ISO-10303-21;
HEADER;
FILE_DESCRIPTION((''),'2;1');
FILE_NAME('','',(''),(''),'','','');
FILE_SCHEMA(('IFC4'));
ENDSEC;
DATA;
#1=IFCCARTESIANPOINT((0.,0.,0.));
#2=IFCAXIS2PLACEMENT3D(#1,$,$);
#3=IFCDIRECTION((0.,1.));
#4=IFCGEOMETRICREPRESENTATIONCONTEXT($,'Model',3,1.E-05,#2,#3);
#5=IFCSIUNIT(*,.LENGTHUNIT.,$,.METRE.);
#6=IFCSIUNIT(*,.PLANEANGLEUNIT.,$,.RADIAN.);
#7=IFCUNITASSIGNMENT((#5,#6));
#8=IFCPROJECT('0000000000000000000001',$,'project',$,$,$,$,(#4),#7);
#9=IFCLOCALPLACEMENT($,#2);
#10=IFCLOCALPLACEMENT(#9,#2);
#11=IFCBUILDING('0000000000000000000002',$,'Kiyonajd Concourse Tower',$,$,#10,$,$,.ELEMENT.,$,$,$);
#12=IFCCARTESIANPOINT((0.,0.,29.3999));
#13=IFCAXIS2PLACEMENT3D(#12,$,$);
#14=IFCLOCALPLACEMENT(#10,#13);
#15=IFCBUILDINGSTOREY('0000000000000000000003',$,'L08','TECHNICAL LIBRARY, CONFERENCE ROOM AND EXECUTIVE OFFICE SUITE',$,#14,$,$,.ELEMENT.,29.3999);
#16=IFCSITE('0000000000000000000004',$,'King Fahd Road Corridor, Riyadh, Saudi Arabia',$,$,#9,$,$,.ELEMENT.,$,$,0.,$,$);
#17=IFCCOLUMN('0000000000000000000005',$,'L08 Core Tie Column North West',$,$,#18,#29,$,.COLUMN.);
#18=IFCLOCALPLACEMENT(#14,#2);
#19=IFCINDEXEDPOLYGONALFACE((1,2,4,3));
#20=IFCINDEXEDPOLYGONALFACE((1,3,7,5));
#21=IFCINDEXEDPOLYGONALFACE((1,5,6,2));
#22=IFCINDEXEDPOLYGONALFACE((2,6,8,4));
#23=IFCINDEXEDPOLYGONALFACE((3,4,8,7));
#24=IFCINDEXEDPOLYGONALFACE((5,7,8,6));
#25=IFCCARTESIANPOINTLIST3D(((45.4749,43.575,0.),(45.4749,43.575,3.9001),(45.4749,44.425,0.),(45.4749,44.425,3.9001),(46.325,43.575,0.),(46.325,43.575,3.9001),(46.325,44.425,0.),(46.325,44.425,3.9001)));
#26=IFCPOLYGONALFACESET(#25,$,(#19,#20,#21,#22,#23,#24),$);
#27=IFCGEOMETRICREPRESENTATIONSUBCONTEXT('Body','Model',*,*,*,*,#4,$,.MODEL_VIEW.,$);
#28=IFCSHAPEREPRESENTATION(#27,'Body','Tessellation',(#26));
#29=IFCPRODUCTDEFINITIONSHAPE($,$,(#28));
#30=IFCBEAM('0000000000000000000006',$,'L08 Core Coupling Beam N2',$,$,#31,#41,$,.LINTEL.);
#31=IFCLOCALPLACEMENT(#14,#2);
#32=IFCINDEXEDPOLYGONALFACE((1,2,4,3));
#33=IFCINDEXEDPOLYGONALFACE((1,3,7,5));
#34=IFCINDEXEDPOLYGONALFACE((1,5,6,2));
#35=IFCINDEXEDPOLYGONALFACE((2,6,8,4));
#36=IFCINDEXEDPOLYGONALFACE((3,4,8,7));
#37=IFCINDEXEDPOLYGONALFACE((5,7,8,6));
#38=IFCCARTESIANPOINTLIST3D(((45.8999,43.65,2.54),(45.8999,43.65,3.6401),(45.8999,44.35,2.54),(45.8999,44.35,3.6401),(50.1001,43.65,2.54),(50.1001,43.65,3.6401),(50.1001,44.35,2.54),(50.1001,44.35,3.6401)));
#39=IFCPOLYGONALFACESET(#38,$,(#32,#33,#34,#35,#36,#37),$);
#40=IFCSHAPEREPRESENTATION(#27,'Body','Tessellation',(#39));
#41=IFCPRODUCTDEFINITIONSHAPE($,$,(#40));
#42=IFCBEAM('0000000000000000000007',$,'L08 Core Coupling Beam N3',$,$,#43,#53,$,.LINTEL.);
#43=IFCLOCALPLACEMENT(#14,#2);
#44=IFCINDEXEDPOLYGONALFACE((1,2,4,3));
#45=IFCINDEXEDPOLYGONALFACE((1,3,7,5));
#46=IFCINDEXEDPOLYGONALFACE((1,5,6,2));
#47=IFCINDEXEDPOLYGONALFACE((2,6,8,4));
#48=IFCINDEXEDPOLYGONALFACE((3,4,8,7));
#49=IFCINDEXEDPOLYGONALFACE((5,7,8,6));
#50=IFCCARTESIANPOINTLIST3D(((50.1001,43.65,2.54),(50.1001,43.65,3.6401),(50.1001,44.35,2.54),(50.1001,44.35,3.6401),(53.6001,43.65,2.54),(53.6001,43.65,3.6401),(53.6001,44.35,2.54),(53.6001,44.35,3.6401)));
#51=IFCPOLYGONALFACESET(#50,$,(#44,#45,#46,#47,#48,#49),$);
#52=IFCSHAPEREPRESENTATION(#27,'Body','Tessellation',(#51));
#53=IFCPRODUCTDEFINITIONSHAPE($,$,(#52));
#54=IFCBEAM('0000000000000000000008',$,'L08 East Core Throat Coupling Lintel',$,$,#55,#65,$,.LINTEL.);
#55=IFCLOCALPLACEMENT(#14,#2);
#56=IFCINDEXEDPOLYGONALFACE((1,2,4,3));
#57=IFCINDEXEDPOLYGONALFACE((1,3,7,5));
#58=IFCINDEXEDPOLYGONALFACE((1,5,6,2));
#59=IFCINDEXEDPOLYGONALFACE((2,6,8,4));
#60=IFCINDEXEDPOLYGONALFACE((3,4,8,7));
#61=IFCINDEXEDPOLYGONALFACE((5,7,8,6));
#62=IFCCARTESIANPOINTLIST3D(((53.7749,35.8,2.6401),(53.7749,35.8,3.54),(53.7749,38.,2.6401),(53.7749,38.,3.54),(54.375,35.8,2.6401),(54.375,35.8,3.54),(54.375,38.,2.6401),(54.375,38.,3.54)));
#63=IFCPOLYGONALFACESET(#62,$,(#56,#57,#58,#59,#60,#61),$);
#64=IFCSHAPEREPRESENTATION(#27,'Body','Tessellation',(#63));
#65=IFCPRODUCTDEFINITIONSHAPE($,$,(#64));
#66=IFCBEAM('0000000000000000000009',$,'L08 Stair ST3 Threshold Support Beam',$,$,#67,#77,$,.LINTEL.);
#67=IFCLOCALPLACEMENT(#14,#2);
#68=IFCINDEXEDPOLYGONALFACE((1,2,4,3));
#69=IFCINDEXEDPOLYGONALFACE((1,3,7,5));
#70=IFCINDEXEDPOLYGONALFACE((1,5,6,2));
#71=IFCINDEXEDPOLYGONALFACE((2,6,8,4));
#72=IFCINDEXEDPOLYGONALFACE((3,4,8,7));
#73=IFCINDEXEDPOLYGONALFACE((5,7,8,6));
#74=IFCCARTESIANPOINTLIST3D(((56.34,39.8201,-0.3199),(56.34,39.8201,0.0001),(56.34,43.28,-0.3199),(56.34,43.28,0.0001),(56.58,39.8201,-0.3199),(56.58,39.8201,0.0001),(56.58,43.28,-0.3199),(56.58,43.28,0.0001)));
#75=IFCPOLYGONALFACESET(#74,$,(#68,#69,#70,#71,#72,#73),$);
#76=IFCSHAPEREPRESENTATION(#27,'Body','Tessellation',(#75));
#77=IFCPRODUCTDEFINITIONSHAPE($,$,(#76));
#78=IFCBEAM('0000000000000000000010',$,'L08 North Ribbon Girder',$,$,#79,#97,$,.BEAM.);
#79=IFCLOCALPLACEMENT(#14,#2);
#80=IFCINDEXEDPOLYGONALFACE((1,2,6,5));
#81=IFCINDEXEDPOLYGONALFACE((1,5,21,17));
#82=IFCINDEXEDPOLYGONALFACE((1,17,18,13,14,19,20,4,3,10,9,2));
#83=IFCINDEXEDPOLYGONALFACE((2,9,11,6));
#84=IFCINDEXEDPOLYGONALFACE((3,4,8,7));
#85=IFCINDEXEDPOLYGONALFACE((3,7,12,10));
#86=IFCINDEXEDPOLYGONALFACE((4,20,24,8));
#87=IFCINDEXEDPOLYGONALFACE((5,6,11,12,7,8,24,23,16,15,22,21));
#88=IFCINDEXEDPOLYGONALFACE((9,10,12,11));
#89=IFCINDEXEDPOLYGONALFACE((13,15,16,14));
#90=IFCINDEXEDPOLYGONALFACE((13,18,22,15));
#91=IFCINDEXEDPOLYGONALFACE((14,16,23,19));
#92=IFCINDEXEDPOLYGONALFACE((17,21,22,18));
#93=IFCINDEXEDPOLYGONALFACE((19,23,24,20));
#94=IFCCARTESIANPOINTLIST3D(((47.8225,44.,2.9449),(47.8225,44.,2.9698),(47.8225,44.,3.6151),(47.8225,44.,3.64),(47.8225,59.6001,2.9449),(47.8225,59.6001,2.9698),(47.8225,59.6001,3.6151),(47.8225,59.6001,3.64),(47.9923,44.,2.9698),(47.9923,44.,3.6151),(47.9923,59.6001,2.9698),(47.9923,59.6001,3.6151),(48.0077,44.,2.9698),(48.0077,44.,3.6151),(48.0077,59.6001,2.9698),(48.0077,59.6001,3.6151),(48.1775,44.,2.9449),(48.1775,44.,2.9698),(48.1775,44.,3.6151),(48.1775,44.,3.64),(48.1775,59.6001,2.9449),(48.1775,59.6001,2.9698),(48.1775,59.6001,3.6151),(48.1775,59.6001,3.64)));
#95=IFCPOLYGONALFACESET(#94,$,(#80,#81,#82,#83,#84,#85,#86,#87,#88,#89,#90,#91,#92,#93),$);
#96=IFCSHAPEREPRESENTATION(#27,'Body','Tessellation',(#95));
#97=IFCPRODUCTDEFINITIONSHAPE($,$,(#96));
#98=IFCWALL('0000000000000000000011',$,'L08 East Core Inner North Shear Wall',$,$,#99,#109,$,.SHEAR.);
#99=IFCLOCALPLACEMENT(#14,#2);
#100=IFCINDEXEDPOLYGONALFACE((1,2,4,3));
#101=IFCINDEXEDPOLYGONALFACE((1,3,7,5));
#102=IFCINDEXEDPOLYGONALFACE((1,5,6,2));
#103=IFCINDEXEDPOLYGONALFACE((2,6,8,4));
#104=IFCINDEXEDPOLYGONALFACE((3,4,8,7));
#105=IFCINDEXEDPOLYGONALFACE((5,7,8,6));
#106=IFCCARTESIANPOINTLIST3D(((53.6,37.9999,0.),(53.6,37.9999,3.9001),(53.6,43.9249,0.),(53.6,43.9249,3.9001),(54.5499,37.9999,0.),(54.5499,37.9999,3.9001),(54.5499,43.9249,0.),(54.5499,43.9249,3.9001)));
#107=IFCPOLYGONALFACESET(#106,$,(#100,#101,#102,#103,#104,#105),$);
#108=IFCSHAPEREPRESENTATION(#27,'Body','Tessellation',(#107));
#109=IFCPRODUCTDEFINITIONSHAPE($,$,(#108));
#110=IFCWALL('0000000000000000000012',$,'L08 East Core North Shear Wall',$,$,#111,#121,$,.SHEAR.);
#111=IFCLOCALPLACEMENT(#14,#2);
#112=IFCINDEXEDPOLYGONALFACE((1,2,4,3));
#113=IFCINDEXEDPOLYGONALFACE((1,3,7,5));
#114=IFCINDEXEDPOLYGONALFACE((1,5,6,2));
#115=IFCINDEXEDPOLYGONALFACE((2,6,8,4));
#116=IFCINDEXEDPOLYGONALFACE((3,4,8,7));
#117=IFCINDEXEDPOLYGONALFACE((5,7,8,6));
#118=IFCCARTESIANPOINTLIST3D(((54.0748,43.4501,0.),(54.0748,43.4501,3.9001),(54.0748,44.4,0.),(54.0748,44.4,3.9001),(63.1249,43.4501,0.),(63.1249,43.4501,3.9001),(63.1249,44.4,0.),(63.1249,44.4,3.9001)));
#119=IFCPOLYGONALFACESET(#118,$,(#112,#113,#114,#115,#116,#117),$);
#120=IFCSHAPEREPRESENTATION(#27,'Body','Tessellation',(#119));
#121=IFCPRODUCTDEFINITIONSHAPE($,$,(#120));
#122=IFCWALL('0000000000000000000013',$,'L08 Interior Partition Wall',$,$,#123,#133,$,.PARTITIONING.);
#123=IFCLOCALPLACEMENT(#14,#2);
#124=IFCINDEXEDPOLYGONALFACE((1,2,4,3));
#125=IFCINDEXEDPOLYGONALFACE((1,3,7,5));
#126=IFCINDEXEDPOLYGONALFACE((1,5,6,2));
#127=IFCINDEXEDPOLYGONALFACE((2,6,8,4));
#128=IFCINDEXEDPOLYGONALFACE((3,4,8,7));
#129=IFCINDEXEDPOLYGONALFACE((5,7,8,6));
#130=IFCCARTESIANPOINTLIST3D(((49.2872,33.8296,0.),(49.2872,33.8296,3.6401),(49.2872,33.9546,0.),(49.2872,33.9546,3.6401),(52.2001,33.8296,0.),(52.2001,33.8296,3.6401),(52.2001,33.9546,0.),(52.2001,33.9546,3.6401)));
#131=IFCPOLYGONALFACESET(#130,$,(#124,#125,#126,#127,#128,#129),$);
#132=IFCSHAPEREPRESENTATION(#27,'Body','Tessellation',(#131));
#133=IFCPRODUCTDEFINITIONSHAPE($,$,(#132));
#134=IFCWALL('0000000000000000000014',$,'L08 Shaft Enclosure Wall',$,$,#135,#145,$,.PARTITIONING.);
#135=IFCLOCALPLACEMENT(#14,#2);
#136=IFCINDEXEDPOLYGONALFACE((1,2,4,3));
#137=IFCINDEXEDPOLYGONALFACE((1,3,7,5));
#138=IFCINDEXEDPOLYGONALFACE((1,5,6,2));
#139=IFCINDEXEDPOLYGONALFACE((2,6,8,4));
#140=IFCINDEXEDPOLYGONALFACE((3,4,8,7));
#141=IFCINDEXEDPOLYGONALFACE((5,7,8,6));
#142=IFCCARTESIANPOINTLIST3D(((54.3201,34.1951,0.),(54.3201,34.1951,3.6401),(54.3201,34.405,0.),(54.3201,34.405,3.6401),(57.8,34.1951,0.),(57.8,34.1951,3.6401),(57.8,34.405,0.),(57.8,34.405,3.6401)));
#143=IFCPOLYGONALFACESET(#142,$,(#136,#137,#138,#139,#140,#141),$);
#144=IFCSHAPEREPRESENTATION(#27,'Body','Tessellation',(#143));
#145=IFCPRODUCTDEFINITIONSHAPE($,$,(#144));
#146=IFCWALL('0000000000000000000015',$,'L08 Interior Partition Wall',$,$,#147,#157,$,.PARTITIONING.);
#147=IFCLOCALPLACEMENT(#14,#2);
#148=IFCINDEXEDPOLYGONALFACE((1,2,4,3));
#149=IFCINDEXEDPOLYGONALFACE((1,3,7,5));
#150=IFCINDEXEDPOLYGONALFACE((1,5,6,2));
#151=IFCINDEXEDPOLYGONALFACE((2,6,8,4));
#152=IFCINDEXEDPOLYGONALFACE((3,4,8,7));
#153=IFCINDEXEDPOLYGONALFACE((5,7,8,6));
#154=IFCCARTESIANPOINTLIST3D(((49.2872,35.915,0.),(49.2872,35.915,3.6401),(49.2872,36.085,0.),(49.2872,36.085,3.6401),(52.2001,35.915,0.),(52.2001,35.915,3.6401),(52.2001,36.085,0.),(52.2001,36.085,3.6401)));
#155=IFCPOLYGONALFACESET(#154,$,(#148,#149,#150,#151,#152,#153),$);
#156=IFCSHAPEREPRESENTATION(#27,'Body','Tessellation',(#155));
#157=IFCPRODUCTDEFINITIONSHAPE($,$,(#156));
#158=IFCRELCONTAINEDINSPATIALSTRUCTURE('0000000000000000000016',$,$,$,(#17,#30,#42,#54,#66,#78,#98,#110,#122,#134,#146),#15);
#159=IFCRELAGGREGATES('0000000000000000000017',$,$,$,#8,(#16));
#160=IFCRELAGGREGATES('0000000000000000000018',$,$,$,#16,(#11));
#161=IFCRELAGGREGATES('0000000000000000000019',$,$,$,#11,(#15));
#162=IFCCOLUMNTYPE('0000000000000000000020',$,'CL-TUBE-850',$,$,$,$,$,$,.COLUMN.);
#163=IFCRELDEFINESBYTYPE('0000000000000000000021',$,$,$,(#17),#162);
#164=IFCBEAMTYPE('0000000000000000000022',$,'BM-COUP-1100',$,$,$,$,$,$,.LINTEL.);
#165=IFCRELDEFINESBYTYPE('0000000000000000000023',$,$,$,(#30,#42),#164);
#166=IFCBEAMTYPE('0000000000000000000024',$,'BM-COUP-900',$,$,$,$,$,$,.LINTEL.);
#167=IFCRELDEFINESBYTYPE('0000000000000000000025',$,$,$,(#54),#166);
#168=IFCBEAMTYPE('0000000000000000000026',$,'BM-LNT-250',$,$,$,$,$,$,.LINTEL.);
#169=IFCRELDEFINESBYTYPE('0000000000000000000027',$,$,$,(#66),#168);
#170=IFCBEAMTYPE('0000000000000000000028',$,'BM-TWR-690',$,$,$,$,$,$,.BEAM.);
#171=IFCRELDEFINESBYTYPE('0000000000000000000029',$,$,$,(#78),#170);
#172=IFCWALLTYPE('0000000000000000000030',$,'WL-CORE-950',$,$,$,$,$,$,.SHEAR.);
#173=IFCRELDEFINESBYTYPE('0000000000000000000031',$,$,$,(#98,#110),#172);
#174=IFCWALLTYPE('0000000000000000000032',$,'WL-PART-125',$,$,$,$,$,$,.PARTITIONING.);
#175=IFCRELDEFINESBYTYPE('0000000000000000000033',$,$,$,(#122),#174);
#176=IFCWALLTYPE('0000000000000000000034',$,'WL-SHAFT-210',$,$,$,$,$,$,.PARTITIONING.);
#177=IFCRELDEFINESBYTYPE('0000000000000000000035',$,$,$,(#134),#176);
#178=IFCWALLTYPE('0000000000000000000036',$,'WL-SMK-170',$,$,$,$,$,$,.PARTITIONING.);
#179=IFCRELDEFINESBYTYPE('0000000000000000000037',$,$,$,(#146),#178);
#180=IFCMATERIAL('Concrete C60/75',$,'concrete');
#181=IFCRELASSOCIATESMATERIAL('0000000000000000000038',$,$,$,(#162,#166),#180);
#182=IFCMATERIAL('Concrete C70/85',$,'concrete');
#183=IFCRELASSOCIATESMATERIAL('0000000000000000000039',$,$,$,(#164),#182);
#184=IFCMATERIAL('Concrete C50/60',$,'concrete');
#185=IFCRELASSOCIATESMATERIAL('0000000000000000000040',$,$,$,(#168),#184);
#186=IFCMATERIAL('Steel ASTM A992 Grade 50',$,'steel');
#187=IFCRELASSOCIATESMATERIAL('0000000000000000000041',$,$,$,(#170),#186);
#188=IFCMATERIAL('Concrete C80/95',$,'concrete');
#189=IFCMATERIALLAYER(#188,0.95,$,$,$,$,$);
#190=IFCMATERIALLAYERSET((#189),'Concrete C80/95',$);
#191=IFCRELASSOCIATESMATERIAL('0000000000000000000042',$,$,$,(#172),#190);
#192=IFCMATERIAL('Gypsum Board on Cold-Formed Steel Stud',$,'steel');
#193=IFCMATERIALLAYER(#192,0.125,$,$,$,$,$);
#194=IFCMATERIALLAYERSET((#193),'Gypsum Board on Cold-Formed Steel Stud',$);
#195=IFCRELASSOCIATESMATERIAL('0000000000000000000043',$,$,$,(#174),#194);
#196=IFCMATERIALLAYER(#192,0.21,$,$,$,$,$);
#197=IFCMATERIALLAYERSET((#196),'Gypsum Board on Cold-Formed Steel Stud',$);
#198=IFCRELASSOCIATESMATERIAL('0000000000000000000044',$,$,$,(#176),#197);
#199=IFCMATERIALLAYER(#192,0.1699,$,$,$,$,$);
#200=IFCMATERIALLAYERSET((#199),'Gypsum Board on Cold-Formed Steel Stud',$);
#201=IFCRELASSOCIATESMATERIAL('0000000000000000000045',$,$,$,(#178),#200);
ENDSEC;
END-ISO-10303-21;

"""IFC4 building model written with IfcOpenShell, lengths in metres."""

from ifc_helpers import new_model, si_unit, direction, frame, frame_2d, origin, origin_2d, place, context, subcontext, project, spatial, rectangle, i_section, extrude, material, layer, layer_set, material_profile, profile_set, type_object, element, save


model = new_model("IFC4")

# Units and contexts
model_context = context("Model", 3, precision=1e-05, world=origin(), true_north=direction((0.0, 1.0)))
body_context = subcontext(model_context, "Body", "Model", "MODEL_VIEW")
ifc_project = project(units=[si_unit("LENGTHUNIT", "METRE"), si_unit("PLANEANGLEUNIT", "RADIAN")], contexts=[model_context])

# Site, building, storey
site_placement = place(None, origin())
site = spatial("IfcSite", under=ifc_project, at=site_placement, Name="King Fahd Road Corridor, Riyadh, Saudi Arabia", CompositionType="ELEMENT", RefElevation=0.0)
building_placement = place(site_placement, origin())
building = spatial("IfcBuilding", under=site, at=building_placement, Name="Kiyonajd Concourse Tower", CompositionType="ELEMENT")
storey_placement = place(building_placement, frame((0.0, 0.0, 29.3999)))
storey = spatial("IfcBuildingStorey", under=building, at=storey_placement, Name="L08", Description="TECHNICAL LIBRARY, CONFERENCE ROOM AND EXECUTIVE OFFICE SUITE", CompositionType="ELEMENT", Elevation=29.3999)

# Column
ifc_material_1 = material(Name="Concrete C60/75", Category="concrete")
ifc_material_profile_1 = material_profile(ifc_material_1, rectangle(XDim=0.8501, YDim=0.8501, at=origin_2d()), Name="RC-850x850")
ifc_profile_set_1 = profile_set([ifc_material_profile_1], Name="Concrete C60/75")
column_type = type_object("IfcColumnType", Name="CL-TUBE-850", PredefinedType="COLUMN", material=ifc_profile_set_1)
column_placement = place(storey_placement, frame((45.8999, 44.0, 0.0), z_axis=(0.0, 0.0, 1.0), x_axis=(1.0, 0.0, 0.0)))
element("IfcColumn", 1, at=column_placement, inside=storey, type_object=column_type, Name="L08 Core Tie Column North West", PredefinedType="COLUMN", context=body_context, shape_type="SweptSolid", body=[
    extrude(rectangle(XDim=0.8501, YDim=0.8501, at=origin_2d()), origin(), (0.0, 0.0, 1.0), 3.9001),
])

# Beams
ifc_material_2 = material(Name="Concrete C70/85", Category="concrete")
ifc_material_profile_2 = material_profile(ifc_material_2, rectangle(XDim=0.7, YDim=1.1001, at=origin_2d()), Name="RCBM-700x1100")
ifc_profile_set_2 = profile_set([ifc_material_profile_2], Name="Concrete C70/85")
beam_type_1 = type_object("IfcBeamType", Name="BM-COUP-1100", PredefinedType="LINTEL", material=ifc_profile_set_2)
beam_1_placement = place(storey_placement, frame((45.8999, 44.0, 3.0901), z_axis=(1.0, 0.0, 0.0), x_axis=(0.0, 1.0, 0.0)))
element("IfcBeam", 2, at=beam_1_placement, inside=storey, type_object=beam_type_1, Name="L08 Core Coupling Beam N2", PredefinedType="LINTEL", context=body_context, shape_type="SweptSolid", body=[
    extrude(rectangle(XDim=0.7, YDim=1.1001, at=origin_2d()), origin(), (0.0, 0.0, 1.0), 4.2002),
])
beam_2_placement = place(storey_placement, frame((50.1001, 44.0, 3.0901), z_axis=(1.0, 0.0, 0.0), x_axis=(0.0, 1.0, 0.0)))
element("IfcBeam", 3, at=beam_2_placement, inside=storey, type_object=beam_type_1, Name="L08 Core Coupling Beam N3", PredefinedType="LINTEL", context=body_context, shape_type="SweptSolid", body=[
    extrude(rectangle(XDim=0.7, YDim=1.1001, at=origin_2d()), origin(), (0.0, 0.0, 1.0), 3.5),
])
ifc_material_profile_3 = material_profile(ifc_material_1, rectangle(XDim=0.6001, YDim=0.8999, at=origin_2d()), Name="RCBM-600x900")
ifc_profile_set_3 = profile_set([ifc_material_profile_3], Name="Concrete C60/75")
beam_type_2 = type_object("IfcBeamType", Name="BM-COUP-900", PredefinedType="LINTEL", material=ifc_profile_set_3)
beam_3_placement = place(storey_placement, frame((54.075, 35.8, 3.0901), z_axis=(0.0, 1.0, 0.0), x_axis=(-1.0, 0.0, 0.0)))
element("IfcBeam", 4, at=beam_3_placement, inside=storey, type_object=beam_type_2, Name="L08 East Core Throat Coupling Lintel", PredefinedType="LINTEL", context=body_context, shape_type="SweptSolid", body=[
    extrude(rectangle(XDim=0.6001, YDim=0.8999, at=origin_2d()), origin(), (0.0, 0.0, 1.0), 2.2),
])
ifc_material_3 = material(Name="Concrete C50/60", Category="concrete")
ifc_material_profile_4 = material_profile(ifc_material_3, rectangle(XDim=0.24, YDim=0.3201, at=origin_2d()), Name="RCBM-240x320")
ifc_profile_set_4 = profile_set([ifc_material_profile_4], Name="Concrete C50/60")
beam_type_3 = type_object("IfcBeamType", Name="BM-LNT-250", PredefinedType="LINTEL", material=ifc_profile_set_4)
beam_4_placement = place(storey_placement, frame((56.46, 39.8201, -0.1599), z_axis=(0.0, 1.0, 0.0), x_axis=(-1.0, 0.0, 0.0)))
element("IfcBeam", 5, at=beam_4_placement, inside=storey, type_object=beam_type_3, Name="L08 Stair ST3 Threshold Support Beam", PredefinedType="LINTEL", context=body_context, shape_type="SweptSolid", body=[
    extrude(rectangle(XDim=0.24, YDim=0.3201, at=origin_2d()), origin(), (0.0, 0.0, 1.0), 3.46),
])
ifc_material_4 = material(Name="Steel ASTM A992 Grade 50", Category="steel")
ifc_material_profile_5 = material_profile(ifc_material_4, i_section(OverallWidth=0.355, OverallDepth=0.6951, WebThickness=0.0154, FlangeThickness=0.0249, at=origin_2d()), Name="W690X217")
ifc_profile_set_5 = profile_set([ifc_material_profile_5], Name="Steel ASTM A992 Grade 50")
beam_type_4 = type_object("IfcBeamType", Name="BM-TWR-690", PredefinedType="BEAM", material=ifc_profile_set_5)
beam_5_placement = place(storey_placement, frame((48.0, 44.0, 3.2925), z_axis=(0.0, 1.0, 0.0), x_axis=(-1.0, 0.0, 0.0)))
element("IfcBeam", 6, at=beam_5_placement, inside=storey, type_object=beam_type_4, Name="L08 North Ribbon Girder", PredefinedType="BEAM", context=body_context, shape_type="SweptSolid", body=[
    extrude(i_section(OverallWidth=0.355, OverallDepth=0.6951, WebThickness=0.0154, FlangeThickness=0.0249, at=origin_2d()), origin(), (0.0, 0.0, 1.0), 15.6001),
])

# Walls
ifc_material_5 = material(Name="Concrete C80/95", Category="concrete")
ifc_layer_1 = layer(ifc_material_5, 0.95)
ifc_layer_set_1 = layer_set([ifc_layer_1], Name="Concrete C80/95")
wall_type_1 = type_object("IfcWallType", Name="WL-CORE-950", PredefinedType="SHEAR", material=ifc_layer_set_1)
wall_1_placement = place(storey_placement, frame((54.075, 38.0, 0.0), z_axis=(0.0, 0.0, 1.0), x_axis=(0.0, 1.0, 0.0)))
element("IfcWall", 7, at=wall_1_placement, inside=storey, type_object=wall_type_1, Name="L08 East Core Inner North Shear Wall", PredefinedType="SHEAR", context=body_context, shape_type="SweptSolid", body=[
    extrude(rectangle(XDim=5.925, YDim=0.95, at=frame_2d((2.9624, 0.0))), origin(), (0.0, 0.0, 1.0), 3.9001),
])
wall_2_placement = place(storey_placement, frame((54.075, 43.925, 0.0), z_axis=(0.0, 0.0, 1.0), x_axis=(1.0, 0.0, 0.0)))
element("IfcWall", 8, at=wall_2_placement, inside=storey, type_object=wall_type_1, Name="L08 East Core North Shear Wall", PredefinedType="SHEAR", context=body_context, shape_type="SweptSolid", body=[
    extrude(rectangle(XDim=9.05, YDim=0.95, at=frame_2d((4.5249, 0.0))), origin(), (0.0, 0.0, 1.0), 3.9001),
])
ifc_material_6 = material(Name="Gypsum Board on Cold-Formed Steel Stud", Category="steel")
ifc_layer_2 = layer(ifc_material_6, 0.125)
ifc_layer_set_2 = layer_set([ifc_layer_2], Name="Gypsum Board on Cold-Formed Steel Stud")
wall_type_2 = type_object("IfcWallType", Name="WL-PART-125", PredefinedType="PARTITIONING", material=ifc_layer_set_2)
wall_3_placement = place(storey_placement, frame((49.2871, 33.8921, 0.0), z_axis=(0.0, 0.0, 1.0), x_axis=(1.0, 0.0, 0.0)))
element("IfcWall", 9, at=wall_3_placement, inside=storey, type_object=wall_type_2, Name="L08 Interior Partition Wall", PredefinedType="PARTITIONING", context=body_context, shape_type="SweptSolid", body=[
    extrude(rectangle(XDim=2.9128, YDim=0.125, at=frame_2d((1.4565, 0.0))), origin(), (0.0, 0.0, 1.0), 3.6401),
])
ifc_layer_3 = layer(ifc_material_6, 0.21)
ifc_layer_set_3 = layer_set([ifc_layer_3], Name="Gypsum Board on Cold-Formed Steel Stud")
wall_type_3 = type_object("IfcWallType", Name="WL-SHAFT-210", PredefinedType="PARTITIONING", material=ifc_layer_set_3)
wall_4_placement = place(storey_placement, frame((54.3201, 34.3, 0.0), z_axis=(0.0, 0.0, 1.0), x_axis=(1.0, 0.0, 0.0)))
element("IfcWall", 10, at=wall_4_placement, inside=storey, type_object=wall_type_3, Name="L08 Shaft Enclosure Wall", PredefinedType="PARTITIONING", context=body_context, shape_type="SweptSolid", body=[
    extrude(rectangle(XDim=3.48, YDim=0.21, at=frame_2d((1.74, 0.0))), origin(), (0.0, 0.0, 1.0), 3.6401),
])
ifc_layer_4 = layer(ifc_material_6, 0.1699)
ifc_layer_set_4 = layer_set([ifc_layer_4], Name="Gypsum Board on Cold-Formed Steel Stud")
wall_type_4 = type_object("IfcWallType", Name="WL-SMK-170", PredefinedType="PARTITIONING", material=ifc_layer_set_4)
wall_5_placement = place(storey_placement, frame((49.2871, 36.0, 0.0), z_axis=(0.0, 0.0, 1.0), x_axis=(1.0, 0.0, 0.0)))
element("IfcWall", 11, at=wall_5_placement, inside=storey, type_object=wall_type_4, Name="L08 Interior Partition Wall", PredefinedType="PARTITIONING", context=body_context, shape_type="SweptSolid", body=[
    extrude(rectangle(XDim=2.9128, YDim=0.1699, at=frame_2d((1.4565, 0.0))), origin(), (0.0, 0.0, 1.0), 3.6401),
])

save(model, "model.ifc")
